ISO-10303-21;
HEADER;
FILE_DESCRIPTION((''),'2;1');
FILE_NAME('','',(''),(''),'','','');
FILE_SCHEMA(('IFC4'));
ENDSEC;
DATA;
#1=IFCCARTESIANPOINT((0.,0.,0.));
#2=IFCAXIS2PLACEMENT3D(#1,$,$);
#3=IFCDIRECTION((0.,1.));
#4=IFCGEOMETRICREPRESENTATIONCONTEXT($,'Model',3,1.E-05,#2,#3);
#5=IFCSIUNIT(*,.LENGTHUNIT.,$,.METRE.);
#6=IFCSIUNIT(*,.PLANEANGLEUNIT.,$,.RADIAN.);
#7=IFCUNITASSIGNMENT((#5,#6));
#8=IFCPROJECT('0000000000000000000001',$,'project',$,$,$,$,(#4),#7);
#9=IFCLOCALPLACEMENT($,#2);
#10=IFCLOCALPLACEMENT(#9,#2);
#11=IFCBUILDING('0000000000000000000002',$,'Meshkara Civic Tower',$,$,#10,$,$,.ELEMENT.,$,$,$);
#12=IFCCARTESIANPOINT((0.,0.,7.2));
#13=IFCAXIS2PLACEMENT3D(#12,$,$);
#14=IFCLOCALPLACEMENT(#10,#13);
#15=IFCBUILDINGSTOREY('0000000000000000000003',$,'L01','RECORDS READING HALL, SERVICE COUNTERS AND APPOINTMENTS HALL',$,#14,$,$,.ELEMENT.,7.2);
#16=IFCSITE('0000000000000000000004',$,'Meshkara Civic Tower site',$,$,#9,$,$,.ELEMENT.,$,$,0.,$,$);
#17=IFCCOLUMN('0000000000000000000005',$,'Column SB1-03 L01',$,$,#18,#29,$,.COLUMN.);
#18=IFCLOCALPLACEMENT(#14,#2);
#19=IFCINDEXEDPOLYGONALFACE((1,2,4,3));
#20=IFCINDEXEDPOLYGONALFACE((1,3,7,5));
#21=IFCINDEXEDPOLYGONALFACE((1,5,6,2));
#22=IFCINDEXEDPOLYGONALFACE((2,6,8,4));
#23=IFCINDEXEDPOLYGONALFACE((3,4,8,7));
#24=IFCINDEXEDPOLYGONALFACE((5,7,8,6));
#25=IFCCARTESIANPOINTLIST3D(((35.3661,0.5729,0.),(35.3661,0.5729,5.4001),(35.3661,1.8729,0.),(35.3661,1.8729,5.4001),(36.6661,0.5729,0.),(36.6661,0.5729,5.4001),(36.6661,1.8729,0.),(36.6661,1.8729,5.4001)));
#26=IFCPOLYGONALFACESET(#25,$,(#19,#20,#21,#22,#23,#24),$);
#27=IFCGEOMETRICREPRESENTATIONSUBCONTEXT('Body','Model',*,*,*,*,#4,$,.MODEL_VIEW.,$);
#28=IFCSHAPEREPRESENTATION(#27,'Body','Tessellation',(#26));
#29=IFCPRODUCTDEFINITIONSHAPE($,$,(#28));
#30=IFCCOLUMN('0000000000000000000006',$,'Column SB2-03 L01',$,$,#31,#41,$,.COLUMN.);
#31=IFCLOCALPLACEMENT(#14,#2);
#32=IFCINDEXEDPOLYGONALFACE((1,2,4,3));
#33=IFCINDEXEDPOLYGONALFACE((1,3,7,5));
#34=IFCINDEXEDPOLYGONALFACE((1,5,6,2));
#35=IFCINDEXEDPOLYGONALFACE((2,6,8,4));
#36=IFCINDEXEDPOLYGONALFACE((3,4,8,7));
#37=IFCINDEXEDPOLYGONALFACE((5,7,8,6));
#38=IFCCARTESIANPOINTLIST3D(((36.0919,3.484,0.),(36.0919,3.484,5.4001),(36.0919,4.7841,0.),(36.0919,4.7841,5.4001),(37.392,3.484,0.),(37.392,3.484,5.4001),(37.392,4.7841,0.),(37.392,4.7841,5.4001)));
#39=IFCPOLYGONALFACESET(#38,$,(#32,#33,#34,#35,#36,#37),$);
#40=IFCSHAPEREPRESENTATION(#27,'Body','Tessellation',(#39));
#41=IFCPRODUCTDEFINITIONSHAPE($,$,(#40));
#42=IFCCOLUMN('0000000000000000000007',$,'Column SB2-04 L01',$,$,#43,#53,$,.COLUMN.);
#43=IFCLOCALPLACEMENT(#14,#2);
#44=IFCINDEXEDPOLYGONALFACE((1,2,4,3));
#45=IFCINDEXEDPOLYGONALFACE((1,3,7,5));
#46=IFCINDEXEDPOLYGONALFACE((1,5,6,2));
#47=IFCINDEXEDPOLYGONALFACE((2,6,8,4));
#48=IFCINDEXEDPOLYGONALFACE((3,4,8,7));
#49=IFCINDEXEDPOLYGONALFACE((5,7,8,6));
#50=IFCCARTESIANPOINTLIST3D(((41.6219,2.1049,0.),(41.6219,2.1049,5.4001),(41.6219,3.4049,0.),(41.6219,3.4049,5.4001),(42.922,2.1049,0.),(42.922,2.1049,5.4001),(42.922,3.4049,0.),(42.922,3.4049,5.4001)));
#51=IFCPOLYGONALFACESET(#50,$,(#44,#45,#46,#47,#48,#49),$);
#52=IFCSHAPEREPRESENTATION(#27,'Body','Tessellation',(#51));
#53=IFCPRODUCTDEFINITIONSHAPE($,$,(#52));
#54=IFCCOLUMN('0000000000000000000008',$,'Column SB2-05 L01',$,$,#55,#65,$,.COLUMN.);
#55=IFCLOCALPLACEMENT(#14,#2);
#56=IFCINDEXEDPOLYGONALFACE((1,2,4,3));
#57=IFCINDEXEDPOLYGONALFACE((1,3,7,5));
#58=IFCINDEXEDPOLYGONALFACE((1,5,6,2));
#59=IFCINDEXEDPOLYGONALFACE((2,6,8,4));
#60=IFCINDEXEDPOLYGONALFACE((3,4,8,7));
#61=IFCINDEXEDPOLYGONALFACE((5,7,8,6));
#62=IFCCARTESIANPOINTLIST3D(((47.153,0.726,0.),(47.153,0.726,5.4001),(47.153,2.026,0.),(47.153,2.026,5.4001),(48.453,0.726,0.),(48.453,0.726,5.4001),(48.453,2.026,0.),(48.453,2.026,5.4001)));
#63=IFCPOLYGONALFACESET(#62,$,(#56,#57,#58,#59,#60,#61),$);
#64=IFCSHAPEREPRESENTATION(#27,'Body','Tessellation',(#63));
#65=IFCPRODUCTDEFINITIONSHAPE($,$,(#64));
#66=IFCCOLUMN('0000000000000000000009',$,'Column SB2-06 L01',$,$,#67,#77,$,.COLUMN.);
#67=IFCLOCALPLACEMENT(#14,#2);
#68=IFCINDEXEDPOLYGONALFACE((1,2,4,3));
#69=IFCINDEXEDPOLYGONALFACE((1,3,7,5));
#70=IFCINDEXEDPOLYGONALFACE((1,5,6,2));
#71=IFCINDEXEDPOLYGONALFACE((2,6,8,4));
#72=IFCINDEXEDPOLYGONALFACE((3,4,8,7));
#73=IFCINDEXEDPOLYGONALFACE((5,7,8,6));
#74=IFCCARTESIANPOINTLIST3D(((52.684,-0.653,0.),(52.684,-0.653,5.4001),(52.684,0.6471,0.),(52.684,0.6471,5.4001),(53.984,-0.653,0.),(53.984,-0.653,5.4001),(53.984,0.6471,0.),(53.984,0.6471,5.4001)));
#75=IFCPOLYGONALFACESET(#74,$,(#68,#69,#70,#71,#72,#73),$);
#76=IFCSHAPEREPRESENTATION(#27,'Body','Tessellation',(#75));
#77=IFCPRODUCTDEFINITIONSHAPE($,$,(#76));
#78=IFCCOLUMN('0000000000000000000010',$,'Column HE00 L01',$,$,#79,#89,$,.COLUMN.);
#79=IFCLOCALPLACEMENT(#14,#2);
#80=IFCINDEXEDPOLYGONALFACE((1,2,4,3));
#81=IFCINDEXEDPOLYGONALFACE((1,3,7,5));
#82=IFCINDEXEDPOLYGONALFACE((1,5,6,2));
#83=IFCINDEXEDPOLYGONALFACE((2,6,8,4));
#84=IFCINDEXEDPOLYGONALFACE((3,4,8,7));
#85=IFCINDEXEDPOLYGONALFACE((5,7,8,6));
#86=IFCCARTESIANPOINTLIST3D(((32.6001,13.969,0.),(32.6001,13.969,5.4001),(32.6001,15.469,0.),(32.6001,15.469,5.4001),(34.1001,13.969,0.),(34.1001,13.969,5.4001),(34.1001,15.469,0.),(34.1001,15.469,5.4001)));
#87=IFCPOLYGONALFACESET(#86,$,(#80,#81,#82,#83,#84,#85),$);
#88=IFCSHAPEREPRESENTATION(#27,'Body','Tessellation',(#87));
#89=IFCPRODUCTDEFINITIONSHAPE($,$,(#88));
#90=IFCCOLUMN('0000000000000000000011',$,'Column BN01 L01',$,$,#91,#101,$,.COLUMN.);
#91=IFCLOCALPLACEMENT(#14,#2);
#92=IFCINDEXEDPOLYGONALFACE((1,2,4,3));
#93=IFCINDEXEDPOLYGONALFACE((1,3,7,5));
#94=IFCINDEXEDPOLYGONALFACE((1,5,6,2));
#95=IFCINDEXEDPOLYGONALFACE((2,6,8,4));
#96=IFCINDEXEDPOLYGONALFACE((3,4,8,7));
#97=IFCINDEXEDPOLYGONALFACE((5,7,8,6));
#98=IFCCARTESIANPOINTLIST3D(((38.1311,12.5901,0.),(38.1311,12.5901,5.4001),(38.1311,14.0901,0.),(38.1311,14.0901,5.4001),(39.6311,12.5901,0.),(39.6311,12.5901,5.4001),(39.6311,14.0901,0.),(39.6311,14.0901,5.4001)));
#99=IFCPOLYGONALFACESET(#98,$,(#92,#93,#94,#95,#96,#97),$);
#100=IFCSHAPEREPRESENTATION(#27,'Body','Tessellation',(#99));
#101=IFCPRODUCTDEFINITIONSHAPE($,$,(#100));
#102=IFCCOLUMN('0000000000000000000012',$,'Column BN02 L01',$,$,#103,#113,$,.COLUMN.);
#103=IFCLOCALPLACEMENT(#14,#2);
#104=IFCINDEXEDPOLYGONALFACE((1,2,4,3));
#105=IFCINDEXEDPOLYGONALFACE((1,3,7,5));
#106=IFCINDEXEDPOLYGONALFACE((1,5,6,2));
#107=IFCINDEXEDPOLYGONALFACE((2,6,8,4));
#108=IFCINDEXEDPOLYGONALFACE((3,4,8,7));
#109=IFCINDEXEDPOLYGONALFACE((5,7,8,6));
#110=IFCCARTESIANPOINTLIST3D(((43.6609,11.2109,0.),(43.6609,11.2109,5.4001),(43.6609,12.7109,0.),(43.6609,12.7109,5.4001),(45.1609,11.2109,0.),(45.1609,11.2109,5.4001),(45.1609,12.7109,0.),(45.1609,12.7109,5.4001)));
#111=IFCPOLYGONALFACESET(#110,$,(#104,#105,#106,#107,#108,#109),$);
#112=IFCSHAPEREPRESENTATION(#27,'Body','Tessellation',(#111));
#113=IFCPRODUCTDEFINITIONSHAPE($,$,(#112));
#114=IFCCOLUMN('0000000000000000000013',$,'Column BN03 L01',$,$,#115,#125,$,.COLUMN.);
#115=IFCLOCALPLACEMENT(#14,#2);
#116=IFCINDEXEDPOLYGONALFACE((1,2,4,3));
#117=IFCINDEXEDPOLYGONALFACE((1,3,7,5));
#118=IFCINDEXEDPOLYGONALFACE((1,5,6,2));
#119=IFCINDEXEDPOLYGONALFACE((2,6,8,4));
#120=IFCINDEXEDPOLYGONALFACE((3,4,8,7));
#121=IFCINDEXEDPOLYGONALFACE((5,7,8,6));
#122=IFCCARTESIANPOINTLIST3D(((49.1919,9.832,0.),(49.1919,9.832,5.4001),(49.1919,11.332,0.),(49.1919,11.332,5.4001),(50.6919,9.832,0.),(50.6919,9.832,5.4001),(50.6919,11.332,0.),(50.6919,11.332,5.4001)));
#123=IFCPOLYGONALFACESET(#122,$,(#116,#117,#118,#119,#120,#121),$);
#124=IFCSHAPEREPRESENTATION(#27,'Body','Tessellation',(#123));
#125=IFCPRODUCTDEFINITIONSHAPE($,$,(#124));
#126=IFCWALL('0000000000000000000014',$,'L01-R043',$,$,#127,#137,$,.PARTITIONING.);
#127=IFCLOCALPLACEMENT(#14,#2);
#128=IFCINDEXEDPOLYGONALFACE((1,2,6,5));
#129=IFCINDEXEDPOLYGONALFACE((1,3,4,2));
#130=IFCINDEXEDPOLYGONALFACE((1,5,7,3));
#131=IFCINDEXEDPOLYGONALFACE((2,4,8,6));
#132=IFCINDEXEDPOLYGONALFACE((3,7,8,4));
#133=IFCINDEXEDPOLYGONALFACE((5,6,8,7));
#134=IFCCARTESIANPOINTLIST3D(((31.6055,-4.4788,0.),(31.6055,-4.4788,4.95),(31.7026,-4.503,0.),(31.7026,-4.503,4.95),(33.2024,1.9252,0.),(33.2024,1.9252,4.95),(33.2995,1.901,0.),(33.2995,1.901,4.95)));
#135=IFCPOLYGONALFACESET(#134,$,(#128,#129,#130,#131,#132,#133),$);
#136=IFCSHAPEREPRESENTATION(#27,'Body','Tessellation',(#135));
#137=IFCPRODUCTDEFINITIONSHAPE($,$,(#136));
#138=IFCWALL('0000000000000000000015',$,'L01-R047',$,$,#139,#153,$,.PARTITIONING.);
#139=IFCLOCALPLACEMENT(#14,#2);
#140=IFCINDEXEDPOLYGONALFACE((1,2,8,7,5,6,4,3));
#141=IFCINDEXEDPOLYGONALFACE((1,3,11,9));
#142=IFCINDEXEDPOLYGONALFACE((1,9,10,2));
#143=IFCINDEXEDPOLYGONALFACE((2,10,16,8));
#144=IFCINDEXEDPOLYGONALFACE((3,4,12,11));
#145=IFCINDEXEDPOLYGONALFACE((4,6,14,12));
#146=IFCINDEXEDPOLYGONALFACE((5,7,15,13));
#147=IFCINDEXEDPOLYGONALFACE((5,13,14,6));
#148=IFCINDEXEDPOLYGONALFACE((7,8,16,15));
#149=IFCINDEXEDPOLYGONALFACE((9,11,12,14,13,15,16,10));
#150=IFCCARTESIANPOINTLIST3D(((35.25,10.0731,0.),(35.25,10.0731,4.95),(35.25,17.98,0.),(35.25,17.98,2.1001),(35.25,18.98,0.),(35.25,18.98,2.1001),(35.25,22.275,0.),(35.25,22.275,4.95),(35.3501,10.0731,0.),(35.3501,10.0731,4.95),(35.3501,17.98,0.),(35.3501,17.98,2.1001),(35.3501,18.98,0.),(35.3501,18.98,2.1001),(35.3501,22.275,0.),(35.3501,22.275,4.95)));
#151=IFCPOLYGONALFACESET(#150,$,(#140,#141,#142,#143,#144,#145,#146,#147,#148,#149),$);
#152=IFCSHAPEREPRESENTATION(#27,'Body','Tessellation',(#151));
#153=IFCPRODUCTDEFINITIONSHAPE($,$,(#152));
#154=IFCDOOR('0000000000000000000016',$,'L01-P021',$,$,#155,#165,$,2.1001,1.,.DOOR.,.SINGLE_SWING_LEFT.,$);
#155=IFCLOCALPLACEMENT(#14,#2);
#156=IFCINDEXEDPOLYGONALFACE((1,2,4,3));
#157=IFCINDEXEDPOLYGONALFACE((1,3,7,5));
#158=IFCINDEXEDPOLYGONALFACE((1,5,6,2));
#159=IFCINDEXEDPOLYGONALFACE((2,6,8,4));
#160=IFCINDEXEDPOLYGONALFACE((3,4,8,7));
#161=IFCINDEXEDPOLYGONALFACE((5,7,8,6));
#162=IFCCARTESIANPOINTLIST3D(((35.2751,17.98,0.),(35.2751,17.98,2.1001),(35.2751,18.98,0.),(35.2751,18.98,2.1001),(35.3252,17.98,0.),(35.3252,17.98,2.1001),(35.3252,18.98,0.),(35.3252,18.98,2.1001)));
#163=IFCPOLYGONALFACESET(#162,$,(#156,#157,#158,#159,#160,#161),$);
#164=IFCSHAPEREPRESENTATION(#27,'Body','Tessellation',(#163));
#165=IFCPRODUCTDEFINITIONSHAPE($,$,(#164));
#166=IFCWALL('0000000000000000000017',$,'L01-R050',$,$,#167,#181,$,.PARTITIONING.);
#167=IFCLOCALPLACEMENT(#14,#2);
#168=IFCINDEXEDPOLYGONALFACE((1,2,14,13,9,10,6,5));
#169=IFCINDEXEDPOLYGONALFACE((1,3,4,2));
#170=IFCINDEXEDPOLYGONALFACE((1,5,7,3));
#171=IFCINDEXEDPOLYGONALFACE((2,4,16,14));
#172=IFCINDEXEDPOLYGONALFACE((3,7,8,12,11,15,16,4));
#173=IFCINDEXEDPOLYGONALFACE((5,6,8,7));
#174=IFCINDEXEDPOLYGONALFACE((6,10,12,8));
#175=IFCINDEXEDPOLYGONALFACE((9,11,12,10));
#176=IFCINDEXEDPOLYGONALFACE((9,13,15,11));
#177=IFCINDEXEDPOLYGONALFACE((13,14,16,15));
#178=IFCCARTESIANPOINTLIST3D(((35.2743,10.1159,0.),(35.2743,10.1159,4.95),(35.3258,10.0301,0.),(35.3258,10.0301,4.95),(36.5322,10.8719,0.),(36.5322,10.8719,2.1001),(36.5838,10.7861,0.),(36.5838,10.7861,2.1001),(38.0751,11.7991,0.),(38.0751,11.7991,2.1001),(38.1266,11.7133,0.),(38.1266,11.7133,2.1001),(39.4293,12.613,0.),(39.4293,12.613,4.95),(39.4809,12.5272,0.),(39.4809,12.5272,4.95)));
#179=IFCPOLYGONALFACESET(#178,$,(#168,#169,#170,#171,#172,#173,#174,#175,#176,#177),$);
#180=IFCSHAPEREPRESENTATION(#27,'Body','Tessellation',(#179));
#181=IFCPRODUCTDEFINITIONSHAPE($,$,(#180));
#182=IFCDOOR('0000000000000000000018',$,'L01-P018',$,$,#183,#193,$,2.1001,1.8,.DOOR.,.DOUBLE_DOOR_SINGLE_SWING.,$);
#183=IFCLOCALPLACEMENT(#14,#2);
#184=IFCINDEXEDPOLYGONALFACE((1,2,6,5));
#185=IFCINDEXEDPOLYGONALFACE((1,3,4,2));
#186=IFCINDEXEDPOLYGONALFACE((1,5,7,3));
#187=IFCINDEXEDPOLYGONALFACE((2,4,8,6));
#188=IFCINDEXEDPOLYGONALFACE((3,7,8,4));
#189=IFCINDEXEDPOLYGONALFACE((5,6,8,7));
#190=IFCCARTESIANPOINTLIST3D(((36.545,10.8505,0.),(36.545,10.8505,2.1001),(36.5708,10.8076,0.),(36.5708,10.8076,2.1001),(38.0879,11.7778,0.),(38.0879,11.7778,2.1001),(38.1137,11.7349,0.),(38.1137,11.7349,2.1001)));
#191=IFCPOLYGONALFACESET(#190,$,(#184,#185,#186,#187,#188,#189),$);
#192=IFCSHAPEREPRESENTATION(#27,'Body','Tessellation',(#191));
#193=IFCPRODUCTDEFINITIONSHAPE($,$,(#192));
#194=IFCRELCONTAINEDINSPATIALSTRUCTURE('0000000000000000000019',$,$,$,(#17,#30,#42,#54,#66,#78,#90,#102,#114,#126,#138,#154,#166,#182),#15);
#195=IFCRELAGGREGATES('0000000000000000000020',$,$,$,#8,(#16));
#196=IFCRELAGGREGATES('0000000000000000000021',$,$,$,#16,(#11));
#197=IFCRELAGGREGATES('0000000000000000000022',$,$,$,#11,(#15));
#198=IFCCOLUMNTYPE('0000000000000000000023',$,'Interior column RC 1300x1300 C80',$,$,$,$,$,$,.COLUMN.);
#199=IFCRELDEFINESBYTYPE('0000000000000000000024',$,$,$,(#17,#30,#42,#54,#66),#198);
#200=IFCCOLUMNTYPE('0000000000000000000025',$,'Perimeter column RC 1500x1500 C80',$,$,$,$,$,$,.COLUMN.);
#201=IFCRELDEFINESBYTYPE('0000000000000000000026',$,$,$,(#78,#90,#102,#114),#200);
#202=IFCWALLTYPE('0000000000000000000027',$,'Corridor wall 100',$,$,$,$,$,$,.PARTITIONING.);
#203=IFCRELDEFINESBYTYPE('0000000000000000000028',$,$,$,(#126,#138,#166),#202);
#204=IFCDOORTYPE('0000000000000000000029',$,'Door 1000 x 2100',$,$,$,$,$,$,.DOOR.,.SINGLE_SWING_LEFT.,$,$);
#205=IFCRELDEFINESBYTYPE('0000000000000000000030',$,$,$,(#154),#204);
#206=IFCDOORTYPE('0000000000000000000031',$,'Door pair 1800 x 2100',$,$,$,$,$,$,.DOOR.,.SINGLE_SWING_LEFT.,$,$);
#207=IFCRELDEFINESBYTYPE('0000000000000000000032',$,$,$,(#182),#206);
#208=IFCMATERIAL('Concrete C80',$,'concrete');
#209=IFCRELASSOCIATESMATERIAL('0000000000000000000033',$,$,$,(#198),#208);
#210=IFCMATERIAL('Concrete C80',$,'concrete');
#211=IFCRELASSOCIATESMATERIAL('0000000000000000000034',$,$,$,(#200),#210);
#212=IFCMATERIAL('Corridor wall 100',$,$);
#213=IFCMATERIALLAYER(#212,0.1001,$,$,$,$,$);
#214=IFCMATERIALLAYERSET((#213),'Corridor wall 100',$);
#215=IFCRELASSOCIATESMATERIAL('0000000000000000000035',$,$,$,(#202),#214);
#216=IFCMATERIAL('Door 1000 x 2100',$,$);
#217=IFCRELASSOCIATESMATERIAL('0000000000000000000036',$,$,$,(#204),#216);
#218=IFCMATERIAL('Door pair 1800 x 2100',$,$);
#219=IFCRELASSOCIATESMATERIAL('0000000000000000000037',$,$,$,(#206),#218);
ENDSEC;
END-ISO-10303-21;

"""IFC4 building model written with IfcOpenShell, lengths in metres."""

from ifc_helpers import new_model, si_unit, direction, frame, frame_2d, origin, origin_2d, place, context, subcontext, project, spatial, rectangle, extrude, material, layer, layer_set, material_profile, profile_set, type_object, element, fill, save


model = new_model("IFC4")

# Units and contexts
model_context = context("Model", 3, precision=1e-05, world=origin(), true_north=direction((0.0, 1.0)))
body_context = subcontext(model_context, "Body", "Model", "MODEL_VIEW")
ifc_project = project(units=[si_unit("LENGTHUNIT", "METRE"), si_unit("PLANEANGLEUNIT", "RADIAN")], contexts=[model_context])

# Site, building, storey
site_placement = place(None, origin())
site = spatial("IfcSite", under=ifc_project, at=site_placement, Name="Meshkara Civic Tower site", CompositionType="ELEMENT", RefElevation=0.0)
building_placement = place(site_placement, origin())
building = spatial("IfcBuilding", under=site, at=building_placement, Name="Meshkara Civic Tower", CompositionType="ELEMENT")
storey_placement = place(building_placement, frame((0.0, 0.0, 7.2)))
storey = spatial("IfcBuildingStorey", under=building, at=storey_placement, Name="L01", Description="RECORDS READING HALL, SERVICE COUNTERS AND APPOINTMENTS HALL", CompositionType="ELEMENT", Elevation=7.2)

# Columns
ifc_material_1 = material(Name="Concrete C80", Category="concrete")
ifc_material_profile_1 = material_profile(ifc_material_1, rectangle(XDim=1.3, YDim=1.3, at=origin_2d()))
ifc_profile_set_1 = profile_set([ifc_material_profile_1], Name="Concrete C80")
column_type_1 = type_object("IfcColumnType", Name="Interior column RC 1300x1300 C80", PredefinedType="COLUMN", material=ifc_profile_set_1)
for number, where, z_axis, x_axis, name in (
    (1, (36.0161, 1.2229, 0.0), (0.0, 0.0, 1.0), (1.0, 0.0, 0.0), "Column SB1-03 L01"),
    (2, (36.7419, 4.134, 0.0), (0.0, 0.0, 1.0), (1.0, 0.0, 0.0), "Column SB2-03 L01"),
    (3, (42.272, 2.7549, 0.0), (0.0, 0.0, 1.0), (1.0, 0.0, 0.0), "Column SB2-04 L01"),
    (4, (47.803, 1.376, 0.0), (0.0, 0.0, 1.0), (1.0, 0.0, 0.0), "Column SB2-05 L01"),
    (5, (53.334, -0.0029, 0.0), (0.0, 0.0, 1.0), (1.0, 0.0, 0.0), "Column SB2-06 L01"),
):
    element("IfcColumn", number, at=place(storey_placement, frame(where, z_axis=z_axis, x_axis=x_axis)), inside=storey, type_object=column_type_1, Name=name, PredefinedType="COLUMN", context=body_context, shape_type="SweptSolid", body=[
        extrude(rectangle(XDim=1.3, YDim=1.3, at=origin_2d()), origin(), (0.0, 0.0, 1.0), 5.4001),
    ])
ifc_material_2 = material(Name="Concrete C80", Category="concrete")
ifc_material_profile_2 = material_profile(ifc_material_2, rectangle(XDim=1.5, YDim=1.5, at=origin_2d()))
ifc_profile_set_2 = profile_set([ifc_material_profile_2], Name="Concrete C80")
column_type_2 = type_object("IfcColumnType", Name="Perimeter column RC 1500x1500 C80", PredefinedType="COLUMN", material=ifc_profile_set_2)
for number, where, z_axis, x_axis, name in (
    (6, (33.3501, 14.719, 0.0), (0.0, 0.0, 1.0), (1.0, 0.0, 0.0), "Column HE00 L01"),
    (7, (38.8811, 13.3401, 0.0), (0.0, 0.0, 1.0), (1.0, 0.0, 0.0), "Column BN01 L01"),
    (8, (44.4109, 11.9609, 0.0), (0.0, 0.0, 1.0), (1.0, 0.0, 0.0), "Column BN02 L01"),
    (9, (49.9419, 10.582, 0.0), (0.0, 0.0, 1.0), (1.0, 0.0, 0.0), "Column BN03 L01"),
):
    element("IfcColumn", number, at=place(storey_placement, frame(where, z_axis=z_axis, x_axis=x_axis)), inside=storey, type_object=column_type_2, Name=name, PredefinedType="COLUMN", context=body_context, shape_type="SweptSolid", body=[
        extrude(rectangle(XDim=1.5, YDim=1.5, at=origin_2d()), origin(), (0.0, 0.0, 1.0), 5.4001),
    ])

# Wall
ifc_material_3 = material(Name="Corridor wall 100")
ifc_layer_1 = layer(ifc_material_3, 0.1001)
ifc_layer_set_1 = layer_set([ifc_layer_1], Name="Corridor wall 100")
wall_type_1 = type_object("IfcWallType", Name="Corridor wall 100", PredefinedType="PARTITIONING", material=ifc_layer_set_1)
wall_1_placement = place(storey_placement, frame((33.251, 1.9131, 0.0), z_axis=(0.0, 0.0, 1.0), x_axis=(-0.241952, -0.970288, 0.0)))
element("IfcWall", 10, at=wall_1_placement, inside=storey, type_object=wall_type_1, Name="L01-R043", PredefinedType="PARTITIONING", context=body_context, shape_type="SweptSolid", body=[
    extrude(rectangle(XDim=6.6001, YDim=0.1001, at=frame_2d((3.3, 0.0))), origin(), (0.0, 0.0, 1.0), 4.95),
])

# Walls, openings, doors
wall_2_placement = place(storey_placement, frame((35.3, 10.073, 0.0), z_axis=(0.0, 0.0, 1.0), x_axis=(0.0, 1.0, 0.0)))
wall_2 = element("IfcWall", 11, at=wall_2_placement, inside=storey, type_object=wall_type_1, Name="L01-R047", PredefinedType="PARTITIONING", context=body_context, shape_type="SweptSolid", body=[
    extrude(rectangle(XDim=12.2019, YDim=0.1001, at=frame_2d((6.1011, 0.0))), origin(), (0.0, 0.0, 1.0), 4.95),
])
opening_1_placement = place(wall_2_placement, frame((7.907, 0.0, 0.0)))
opening_1 = element("IfcOpeningElement", 12, at=opening_1_placement, cuts=wall_2, PredefinedType="OPENING", context=body_context, shape_type="SweptSolid", body=[
    extrude(rectangle(XDim=1.0, YDim=2.1001, at=frame_2d((0.5, 1.05))), frame((0.0, 0.0601, 0.0), z_axis=(0.0, -1.0, 0.0), x_axis=(1.0, 0.0, 0.0)), (0.0, 0.0, 1.0), 0.1201),
])
ifc_material_4 = material(Name="Door 1000 x 2100")
door_type_1 = type_object("IfcDoorType", Name="Door 1000 x 2100", OperationType="SINGLE_SWING_LEFT", PredefinedType="DOOR", material=ifc_material_4)
door_1_placement = place(opening_1_placement, origin())
door_1 = element("IfcDoor", 13, at=door_1_placement, inside=storey, type_object=door_type_1, Name="L01-P021", OperationType="SINGLE_SWING_LEFT", OverallHeight=2.1001, OverallWidth=1.0, PredefinedType="DOOR", context=body_context, shape_type="SweptSolid", body=[
    extrude(rectangle(XDim=1.0, YDim=2.1001, at=frame_2d((0.5, 1.05))), frame((0.0, 0.0249, 0.0), z_axis=(0.0, -1.0, 0.0), x_axis=(1.0, 0.0, 0.0)), (0.0, 0.0, 1.0), 0.05),
])
fill(opening_1, door_1)
wall_3_placement = place(storey_placement, frame((39.4551, 12.5701, 0.0), z_axis=(0.0, 0.0, 1.0), x_axis=(-0.857124, -0.51511, 0.0)))
wall_3 = element("IfcWall", 14, at=wall_3_placement, inside=storey, type_object=wall_type_1, Name="L01-R050", PredefinedType="PARTITIONING", context=body_context, shape_type="SweptSolid", body=[
    extrude(rectangle(XDim=4.8477, YDim=0.1001, at=frame_2d((2.4238, 0.0))), origin(), (0.0, 0.0, 1.0), 4.95),
])
opening_2_placement = place(wall_3_placement, frame((1.5801, 0.0, 0.0)))
opening_2 = element("IfcOpeningElement", 15, at=opening_2_placement, cuts=wall_3, PredefinedType="OPENING", context=body_context, shape_type="SweptSolid", body=[
    extrude(rectangle(XDim=1.8, YDim=2.1001, at=frame_2d((0.8999, 1.05))), frame((0.0, 0.0601, 0.0), z_axis=(0.0, -1.0, 0.0), x_axis=(1.0, 0.0, 0.0)), (0.0, 0.0, 1.0), 0.1201),
])
ifc_material_5 = material(Name="Door pair 1800 x 2100")
door_type_2 = type_object("IfcDoorType", Name="Door pair 1800 x 2100", OperationType="SINGLE_SWING_LEFT", PredefinedType="DOOR", material=ifc_material_5)
door_2_placement = place(opening_2_placement, origin())
door_2 = element("IfcDoor", 16, at=door_2_placement, inside=storey, type_object=door_type_2, Name="L01-P018", OperationType="DOUBLE_DOOR_SINGLE_SWING", OverallHeight=2.1001, OverallWidth=1.8, PredefinedType="DOOR", context=body_context, shape_type="SweptSolid", body=[
    extrude(rectangle(XDim=1.8, YDim=2.1001, at=frame_2d((0.8999, 1.05))), frame((0.0, 0.0249, 0.0), z_axis=(0.0, -1.0, 0.0), x_axis=(1.0, 0.0, 0.0)), (0.0, 0.0, 1.0), 0.05),
])
fill(opening_2, door_2)

save(model, "model.ifc")
